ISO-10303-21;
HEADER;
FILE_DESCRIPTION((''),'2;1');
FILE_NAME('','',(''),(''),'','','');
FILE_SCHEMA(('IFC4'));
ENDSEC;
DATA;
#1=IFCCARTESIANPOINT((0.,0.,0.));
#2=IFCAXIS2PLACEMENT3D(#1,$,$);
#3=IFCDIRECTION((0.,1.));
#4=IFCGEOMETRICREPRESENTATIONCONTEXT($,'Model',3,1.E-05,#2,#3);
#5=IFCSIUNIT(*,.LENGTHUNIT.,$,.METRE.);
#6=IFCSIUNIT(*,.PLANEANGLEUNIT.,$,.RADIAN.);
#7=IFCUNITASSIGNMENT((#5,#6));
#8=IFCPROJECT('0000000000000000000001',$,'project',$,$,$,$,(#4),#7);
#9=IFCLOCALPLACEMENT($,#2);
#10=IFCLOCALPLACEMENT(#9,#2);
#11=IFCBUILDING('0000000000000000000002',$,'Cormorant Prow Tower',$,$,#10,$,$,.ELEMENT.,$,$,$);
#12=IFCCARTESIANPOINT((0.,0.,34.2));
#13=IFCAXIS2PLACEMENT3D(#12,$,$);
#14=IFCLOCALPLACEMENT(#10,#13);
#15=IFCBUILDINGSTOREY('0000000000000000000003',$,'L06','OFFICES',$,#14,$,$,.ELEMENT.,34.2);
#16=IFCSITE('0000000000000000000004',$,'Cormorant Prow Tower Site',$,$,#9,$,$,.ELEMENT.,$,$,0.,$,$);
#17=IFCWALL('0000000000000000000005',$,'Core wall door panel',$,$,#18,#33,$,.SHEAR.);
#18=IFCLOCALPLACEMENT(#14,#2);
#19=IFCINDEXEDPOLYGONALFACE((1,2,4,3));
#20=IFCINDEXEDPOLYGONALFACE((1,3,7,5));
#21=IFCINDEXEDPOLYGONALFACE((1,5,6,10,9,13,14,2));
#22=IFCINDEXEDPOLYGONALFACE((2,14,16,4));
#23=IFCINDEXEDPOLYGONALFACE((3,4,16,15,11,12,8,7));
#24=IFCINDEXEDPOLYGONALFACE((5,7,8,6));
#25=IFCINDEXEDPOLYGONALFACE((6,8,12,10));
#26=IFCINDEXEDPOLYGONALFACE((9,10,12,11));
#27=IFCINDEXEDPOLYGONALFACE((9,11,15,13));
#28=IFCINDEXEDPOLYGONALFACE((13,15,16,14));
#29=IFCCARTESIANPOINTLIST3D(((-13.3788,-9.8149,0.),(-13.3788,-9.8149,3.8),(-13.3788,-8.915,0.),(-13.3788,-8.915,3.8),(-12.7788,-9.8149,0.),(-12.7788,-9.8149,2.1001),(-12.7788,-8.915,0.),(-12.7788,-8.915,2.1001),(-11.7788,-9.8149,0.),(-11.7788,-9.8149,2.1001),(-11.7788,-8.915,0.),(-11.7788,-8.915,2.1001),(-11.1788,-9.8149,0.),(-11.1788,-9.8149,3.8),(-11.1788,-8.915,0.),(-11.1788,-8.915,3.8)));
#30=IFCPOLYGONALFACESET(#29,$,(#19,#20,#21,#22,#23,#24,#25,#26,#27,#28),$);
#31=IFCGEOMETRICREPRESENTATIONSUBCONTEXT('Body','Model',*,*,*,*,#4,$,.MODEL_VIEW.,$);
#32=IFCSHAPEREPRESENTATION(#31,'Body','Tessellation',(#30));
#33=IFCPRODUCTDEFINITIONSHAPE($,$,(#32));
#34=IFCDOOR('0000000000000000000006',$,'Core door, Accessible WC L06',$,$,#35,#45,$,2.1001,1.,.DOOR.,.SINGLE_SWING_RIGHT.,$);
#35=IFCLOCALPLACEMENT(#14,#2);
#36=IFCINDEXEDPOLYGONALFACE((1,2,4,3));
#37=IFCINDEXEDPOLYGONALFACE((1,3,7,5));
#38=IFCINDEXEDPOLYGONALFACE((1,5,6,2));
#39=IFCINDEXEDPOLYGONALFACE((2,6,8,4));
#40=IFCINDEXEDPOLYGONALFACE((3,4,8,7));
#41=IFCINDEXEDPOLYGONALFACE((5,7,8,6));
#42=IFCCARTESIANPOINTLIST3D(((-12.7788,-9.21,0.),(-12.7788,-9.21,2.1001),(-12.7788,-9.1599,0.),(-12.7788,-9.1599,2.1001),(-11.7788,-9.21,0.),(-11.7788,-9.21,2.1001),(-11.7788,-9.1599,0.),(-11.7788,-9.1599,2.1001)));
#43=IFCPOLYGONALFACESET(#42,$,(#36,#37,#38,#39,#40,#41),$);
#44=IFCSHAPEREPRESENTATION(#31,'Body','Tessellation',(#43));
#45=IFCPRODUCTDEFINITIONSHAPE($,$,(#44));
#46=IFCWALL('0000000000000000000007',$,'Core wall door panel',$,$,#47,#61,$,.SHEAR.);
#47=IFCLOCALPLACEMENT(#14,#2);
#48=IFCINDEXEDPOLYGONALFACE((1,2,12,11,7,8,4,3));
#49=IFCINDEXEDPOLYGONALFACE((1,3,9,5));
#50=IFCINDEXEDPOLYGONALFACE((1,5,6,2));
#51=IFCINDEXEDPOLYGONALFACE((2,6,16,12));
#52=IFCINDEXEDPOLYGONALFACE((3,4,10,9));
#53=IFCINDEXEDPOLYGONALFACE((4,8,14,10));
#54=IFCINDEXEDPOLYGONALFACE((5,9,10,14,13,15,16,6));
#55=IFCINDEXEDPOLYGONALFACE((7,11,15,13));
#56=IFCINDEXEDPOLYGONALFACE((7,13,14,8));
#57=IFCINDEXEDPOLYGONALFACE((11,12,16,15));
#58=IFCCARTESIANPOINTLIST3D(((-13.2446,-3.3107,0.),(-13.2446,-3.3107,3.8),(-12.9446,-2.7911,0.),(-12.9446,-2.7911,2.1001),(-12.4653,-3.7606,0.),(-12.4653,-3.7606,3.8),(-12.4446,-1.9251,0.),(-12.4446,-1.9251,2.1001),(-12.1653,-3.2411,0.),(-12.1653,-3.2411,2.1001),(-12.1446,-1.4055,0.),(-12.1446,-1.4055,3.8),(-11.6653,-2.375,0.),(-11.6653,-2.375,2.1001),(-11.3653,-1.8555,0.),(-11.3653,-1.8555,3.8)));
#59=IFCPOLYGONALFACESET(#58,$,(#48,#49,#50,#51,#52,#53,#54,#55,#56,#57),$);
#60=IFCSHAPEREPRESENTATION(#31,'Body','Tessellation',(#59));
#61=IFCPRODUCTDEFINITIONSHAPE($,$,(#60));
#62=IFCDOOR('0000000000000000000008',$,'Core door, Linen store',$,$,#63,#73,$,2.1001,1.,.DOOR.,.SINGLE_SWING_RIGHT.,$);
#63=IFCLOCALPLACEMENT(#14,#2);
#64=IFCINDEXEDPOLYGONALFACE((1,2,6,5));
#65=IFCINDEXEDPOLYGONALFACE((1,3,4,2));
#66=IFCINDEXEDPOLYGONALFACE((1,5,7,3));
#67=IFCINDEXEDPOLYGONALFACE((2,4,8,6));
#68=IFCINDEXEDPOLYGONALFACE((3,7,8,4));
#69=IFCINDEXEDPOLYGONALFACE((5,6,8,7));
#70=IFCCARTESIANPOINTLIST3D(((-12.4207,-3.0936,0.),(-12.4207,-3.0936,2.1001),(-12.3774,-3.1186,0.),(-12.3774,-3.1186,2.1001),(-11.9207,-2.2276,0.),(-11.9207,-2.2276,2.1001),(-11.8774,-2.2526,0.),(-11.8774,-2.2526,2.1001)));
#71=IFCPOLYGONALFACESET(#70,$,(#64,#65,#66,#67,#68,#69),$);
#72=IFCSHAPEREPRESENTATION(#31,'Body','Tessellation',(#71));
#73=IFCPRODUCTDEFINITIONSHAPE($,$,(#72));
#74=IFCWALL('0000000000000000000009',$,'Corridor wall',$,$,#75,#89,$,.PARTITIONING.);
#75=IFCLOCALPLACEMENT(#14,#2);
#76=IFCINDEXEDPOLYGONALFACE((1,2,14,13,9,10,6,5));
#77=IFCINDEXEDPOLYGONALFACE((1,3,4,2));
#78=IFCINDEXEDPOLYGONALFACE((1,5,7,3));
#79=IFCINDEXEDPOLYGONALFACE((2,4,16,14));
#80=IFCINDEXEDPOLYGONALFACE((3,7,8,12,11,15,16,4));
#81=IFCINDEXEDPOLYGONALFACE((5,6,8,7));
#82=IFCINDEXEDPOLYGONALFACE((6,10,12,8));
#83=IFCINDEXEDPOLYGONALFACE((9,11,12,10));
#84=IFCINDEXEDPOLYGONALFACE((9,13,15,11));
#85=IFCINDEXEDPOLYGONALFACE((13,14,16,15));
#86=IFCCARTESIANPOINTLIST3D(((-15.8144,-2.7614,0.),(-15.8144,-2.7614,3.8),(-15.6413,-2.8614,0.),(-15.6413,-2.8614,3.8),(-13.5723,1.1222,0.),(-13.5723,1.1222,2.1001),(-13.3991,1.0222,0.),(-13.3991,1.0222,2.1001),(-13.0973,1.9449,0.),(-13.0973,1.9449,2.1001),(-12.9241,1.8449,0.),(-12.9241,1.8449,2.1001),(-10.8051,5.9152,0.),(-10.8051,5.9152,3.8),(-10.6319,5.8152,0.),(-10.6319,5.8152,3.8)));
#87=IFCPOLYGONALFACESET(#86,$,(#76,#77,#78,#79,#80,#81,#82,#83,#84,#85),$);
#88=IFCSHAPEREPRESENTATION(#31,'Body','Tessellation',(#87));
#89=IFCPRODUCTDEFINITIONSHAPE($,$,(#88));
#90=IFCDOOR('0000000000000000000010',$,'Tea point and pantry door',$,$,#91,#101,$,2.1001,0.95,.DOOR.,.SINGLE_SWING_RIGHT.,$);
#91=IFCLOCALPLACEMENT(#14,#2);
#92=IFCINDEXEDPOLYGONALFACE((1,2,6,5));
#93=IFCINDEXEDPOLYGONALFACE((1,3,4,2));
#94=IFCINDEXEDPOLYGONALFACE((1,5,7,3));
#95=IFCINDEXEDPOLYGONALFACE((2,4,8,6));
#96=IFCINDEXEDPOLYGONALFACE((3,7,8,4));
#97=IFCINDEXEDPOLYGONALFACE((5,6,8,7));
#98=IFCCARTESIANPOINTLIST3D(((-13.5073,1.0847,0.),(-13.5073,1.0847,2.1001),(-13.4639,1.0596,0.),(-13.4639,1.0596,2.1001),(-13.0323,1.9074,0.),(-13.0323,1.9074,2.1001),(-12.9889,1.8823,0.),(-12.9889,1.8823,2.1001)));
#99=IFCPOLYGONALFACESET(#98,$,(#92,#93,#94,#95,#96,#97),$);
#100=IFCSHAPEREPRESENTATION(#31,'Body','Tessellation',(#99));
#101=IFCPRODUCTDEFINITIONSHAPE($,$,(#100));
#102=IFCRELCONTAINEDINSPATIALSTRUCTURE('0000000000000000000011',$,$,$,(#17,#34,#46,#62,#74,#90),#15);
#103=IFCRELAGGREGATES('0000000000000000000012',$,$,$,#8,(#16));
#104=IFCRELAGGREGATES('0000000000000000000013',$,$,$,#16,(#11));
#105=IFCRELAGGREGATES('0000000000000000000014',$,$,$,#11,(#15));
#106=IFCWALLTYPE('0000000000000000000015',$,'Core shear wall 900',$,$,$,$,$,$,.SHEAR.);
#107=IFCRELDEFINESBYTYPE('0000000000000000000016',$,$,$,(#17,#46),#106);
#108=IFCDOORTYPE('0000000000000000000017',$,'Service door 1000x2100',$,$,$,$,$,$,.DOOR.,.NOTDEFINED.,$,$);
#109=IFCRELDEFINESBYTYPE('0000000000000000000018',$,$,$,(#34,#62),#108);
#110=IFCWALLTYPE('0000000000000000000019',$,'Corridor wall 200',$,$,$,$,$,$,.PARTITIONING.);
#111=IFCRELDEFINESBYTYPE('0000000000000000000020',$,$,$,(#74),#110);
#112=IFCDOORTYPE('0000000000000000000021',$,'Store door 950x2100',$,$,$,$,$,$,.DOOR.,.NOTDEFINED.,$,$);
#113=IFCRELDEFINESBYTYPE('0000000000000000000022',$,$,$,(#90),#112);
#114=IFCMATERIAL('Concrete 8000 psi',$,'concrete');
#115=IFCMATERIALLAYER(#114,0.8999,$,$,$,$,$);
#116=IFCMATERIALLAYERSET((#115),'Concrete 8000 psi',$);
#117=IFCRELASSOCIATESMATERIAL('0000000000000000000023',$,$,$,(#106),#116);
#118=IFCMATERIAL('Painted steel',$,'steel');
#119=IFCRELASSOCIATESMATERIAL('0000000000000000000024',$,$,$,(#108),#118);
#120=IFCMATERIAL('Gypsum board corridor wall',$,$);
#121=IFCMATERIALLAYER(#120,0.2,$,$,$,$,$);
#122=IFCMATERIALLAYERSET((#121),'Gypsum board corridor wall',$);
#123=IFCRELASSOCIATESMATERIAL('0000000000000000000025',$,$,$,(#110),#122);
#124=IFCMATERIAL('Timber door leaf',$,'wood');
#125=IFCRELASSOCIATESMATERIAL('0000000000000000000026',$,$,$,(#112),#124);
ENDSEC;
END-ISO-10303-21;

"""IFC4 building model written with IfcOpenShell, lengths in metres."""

from ifc_helpers import new_model, si_unit, direction, frame, frame_2d, origin, place, context, subcontext, project, spatial, rectangle, extrude, material, layer, layer_set, type_object, element, fill, save


model = new_model("IFC4")

# Units and contexts
model_context = context("Model", 3, precision=1e-05, world=origin(), true_north=direction((0.0, 1.0)))
body_context = subcontext(model_context, "Body", "Model", "MODEL_VIEW")
ifc_project = project(units=[si_unit("LENGTHUNIT", "METRE"), si_unit("PLANEANGLEUNIT", "RADIAN")], contexts=[model_context])

# Site, building, storey
site_placement = place(None, origin())
site = spatial("IfcSite", under=ifc_project, at=site_placement, Name="Cormorant Prow Tower Site", CompositionType="ELEMENT", RefElevation=0.0)
building_placement = place(site_placement, origin())
building = spatial("IfcBuilding", under=site, at=building_placement, Name="Cormorant Prow Tower", CompositionType="ELEMENT")
storey_placement = place(building_placement, frame((0.0, 0.0, 34.2)))
storey = spatial("IfcBuildingStorey", under=building, at=storey_placement, Name="L06", Description="OFFICES", CompositionType="ELEMENT", Elevation=34.2)

# Shared definitions
ifc_material_1 = material(Name="Concrete 8000 psi", Category="concrete")
ifc_layer_1 = layer(ifc_material_1, 0.8999)
ifc_layer_set_1 = layer_set([ifc_layer_1], Name="Concrete 8000 psi")
wall_type_1 = type_object("IfcWallType", Name="Core shear wall 900", PredefinedType="SHEAR", material=ifc_layer_set_1)

# Walls, openings, doors
wall_1_placement = place(storey_placement, frame((-13.3789, -9.365, 0.0), z_axis=(0.0, 0.0, 1.0), x_axis=(1.0, 0.0, 0.0)))
wall_1 = element("IfcWall", 1, at=wall_1_placement, inside=storey, type_object=wall_type_1, Name="Core wall door panel", PredefinedType="SHEAR", context=body_context, shape_type="SweptSolid", body=[
    extrude(rectangle(XDim=2.2, YDim=0.8999, at=frame_2d((1.1001, 0.0))), origin(), (0.0, 0.0, 1.0), 3.8),
])
opening_1_placement = place(wall_1_placement, frame((0.6001, 0.0, 0.0)))
opening_1 = element("IfcOpeningElement", 2, at=opening_1_placement, cuts=wall_1, PredefinedType="OPENING", context=body_context, shape_type="SweptSolid", body=[
    extrude(rectangle(XDim=1.0, YDim=2.1001, at=frame_2d((0.5, 1.05))), frame((0.0, 0.46, 0.0), z_axis=(0.0, -1.0, 0.0), x_axis=(1.0, 0.0, 0.0)), (0.0, 0.0, 1.0), 0.9199),
])
ifc_material_2 = material(Name="Painted steel", Category="steel")
door_type_1 = type_object("IfcDoorType", Name="Service door 1000x2100", OperationType="NOTDEFINED", PredefinedType="DOOR", material=ifc_material_2)
door_1_placement = place(opening_1_placement, origin())
door_1 = element("IfcDoor", 3, at=door_1_placement, inside=storey, type_object=door_type_1, Name="Core door, Accessible WC L06", OperationType="SINGLE_SWING_RIGHT", OverallHeight=2.1001, OverallWidth=1.0, PredefinedType="DOOR", context=body_context, shape_type="SweptSolid", body=[
    extrude(rectangle(XDim=1.0, YDim=2.1001, at=frame_2d((0.5, 1.05))), frame((0.0, 0.2051, 0.0), z_axis=(0.0, -1.0, 0.0), x_axis=(1.0, 0.0, 0.0)), (0.0, 0.0, 1.0), 0.05),
])
fill(opening_1, door_1)
wall_2_placement = place(storey_placement, frame((-11.7549, -1.6304, 0.0), z_axis=(0.0, 0.0, 1.0), x_axis=(-0.50003, -0.866008, 0.0)))
wall_2 = element("IfcWall", 4, at=wall_2_placement, inside=storey, type_object=wall_type_1, Name="Core wall door panel", PredefinedType="SHEAR", context=body_context, shape_type="SweptSolid", body=[
    extrude(rectangle(XDim=2.2, YDim=0.8999, at=frame_2d((1.1001, 0.0))), origin(), (0.0, 0.0, 1.0), 3.8),
])
opening_2_placement = place(wall_2_placement, frame((0.6001, 0.0, 0.0)))
opening_2 = element("IfcOpeningElement", 5, at=opening_2_placement, cuts=wall_2, PredefinedType="OPENING", context=body_context, shape_type="SweptSolid", body=[
    extrude(rectangle(XDim=1.0, YDim=2.1001, at=frame_2d((0.5, 1.05))), frame((0.0, 0.46, 0.0), z_axis=(0.0, -1.0, 0.0), x_axis=(1.0, 0.0, 0.0)), (0.0, 0.0, 1.0), 0.9199),
])
door_2_placement = place(opening_2_placement, origin())
door_2 = element("IfcDoor", 6, at=door_2_placement, inside=storey, type_object=door_type_1, Name="Core door, Linen store", OperationType="SINGLE_SWING_RIGHT", OverallHeight=2.1001, OverallWidth=1.0, PredefinedType="DOOR", context=body_context, shape_type="SweptSolid", body=[
    extrude(rectangle(XDim=1.0, YDim=2.1001, at=frame_2d((0.5, 1.05))), frame((0.0, 0.2051, 0.0), z_axis=(0.0, -1.0, 0.0), x_axis=(1.0, 0.0, 0.0)), (0.0, 0.0, 1.0), 0.05),
])
fill(opening_2, door_2)
ifc_material_3 = material(Name="Gypsum board corridor wall")
ifc_layer_2 = layer(ifc_material_3, 0.2)
ifc_layer_set_2 = layer_set([ifc_layer_2], Name="Gypsum board corridor wall")
wall_type_2 = type_object("IfcWallType", Name="Corridor wall 200", PredefinedType="PARTITIONING", material=ifc_layer_set_2)
wall_3_placement = place(storey_placement, frame((-15.7278, -2.8113, 0.0), z_axis=(0.0, 0.0, 1.0), x_axis=(0.499992, 0.86603, 0.0)))
wall_3 = element("IfcWall", 7, at=wall_3_placement, inside=storey, type_object=wall_type_2, Name="Corridor wall", PredefinedType="PARTITIONING", context=body_context, shape_type="SweptSolid", body=[
    extrude(rectangle(XDim=10.0188, YDim=0.2, at=frame_2d((5.0093, 0.0))), origin(), (0.0, 0.0, 1.0), 3.8),
])
opening_3_placement = place(wall_3_placement, frame((4.4841, 0.0, 0.0)))
opening_3 = element("IfcOpeningElement", 8, at=opening_3_placement, cuts=wall_3, PredefinedType="OPENING", context=body_context, shape_type="SweptSolid", body=[
    extrude(rectangle(XDim=0.95, YDim=2.1001, at=frame_2d((0.4751, 1.05))), frame((0.0, 0.1099, 0.0), z_axis=(0.0, -1.0, 0.0), x_axis=(1.0, 0.0, 0.0)), (0.0, 0.0, 1.0), 0.22),
])
ifc_material_4 = material(Name="Timber door leaf", Category="wood")
door_type_2 = type_object("IfcDoorType", Name="Store door 950x2100", OperationType="NOTDEFINED", PredefinedType="DOOR", material=ifc_material_4)
door_3_placement = place(opening_3_placement, origin())
door_3 = element("IfcDoor", 9, at=door_3_placement, inside=storey, type_object=door_type_2, Name="Tea point and pantry door", OperationType="SINGLE_SWING_RIGHT", OverallHeight=2.1001, OverallWidth=0.95, PredefinedType="DOOR", context=body_context, shape_type="SweptSolid", body=[
    extrude(rectangle(XDim=0.95, YDim=2.1001, at=frame_2d((0.4751, 1.05))), frame((0.0, 0.0249, 0.0), z_axis=(0.0, -1.0, 0.0), x_axis=(1.0, 0.0, 0.0)), (0.0, 0.0, 1.0), 0.05),
])
fill(opening_3, door_3)

save(model, "model.ifc")
